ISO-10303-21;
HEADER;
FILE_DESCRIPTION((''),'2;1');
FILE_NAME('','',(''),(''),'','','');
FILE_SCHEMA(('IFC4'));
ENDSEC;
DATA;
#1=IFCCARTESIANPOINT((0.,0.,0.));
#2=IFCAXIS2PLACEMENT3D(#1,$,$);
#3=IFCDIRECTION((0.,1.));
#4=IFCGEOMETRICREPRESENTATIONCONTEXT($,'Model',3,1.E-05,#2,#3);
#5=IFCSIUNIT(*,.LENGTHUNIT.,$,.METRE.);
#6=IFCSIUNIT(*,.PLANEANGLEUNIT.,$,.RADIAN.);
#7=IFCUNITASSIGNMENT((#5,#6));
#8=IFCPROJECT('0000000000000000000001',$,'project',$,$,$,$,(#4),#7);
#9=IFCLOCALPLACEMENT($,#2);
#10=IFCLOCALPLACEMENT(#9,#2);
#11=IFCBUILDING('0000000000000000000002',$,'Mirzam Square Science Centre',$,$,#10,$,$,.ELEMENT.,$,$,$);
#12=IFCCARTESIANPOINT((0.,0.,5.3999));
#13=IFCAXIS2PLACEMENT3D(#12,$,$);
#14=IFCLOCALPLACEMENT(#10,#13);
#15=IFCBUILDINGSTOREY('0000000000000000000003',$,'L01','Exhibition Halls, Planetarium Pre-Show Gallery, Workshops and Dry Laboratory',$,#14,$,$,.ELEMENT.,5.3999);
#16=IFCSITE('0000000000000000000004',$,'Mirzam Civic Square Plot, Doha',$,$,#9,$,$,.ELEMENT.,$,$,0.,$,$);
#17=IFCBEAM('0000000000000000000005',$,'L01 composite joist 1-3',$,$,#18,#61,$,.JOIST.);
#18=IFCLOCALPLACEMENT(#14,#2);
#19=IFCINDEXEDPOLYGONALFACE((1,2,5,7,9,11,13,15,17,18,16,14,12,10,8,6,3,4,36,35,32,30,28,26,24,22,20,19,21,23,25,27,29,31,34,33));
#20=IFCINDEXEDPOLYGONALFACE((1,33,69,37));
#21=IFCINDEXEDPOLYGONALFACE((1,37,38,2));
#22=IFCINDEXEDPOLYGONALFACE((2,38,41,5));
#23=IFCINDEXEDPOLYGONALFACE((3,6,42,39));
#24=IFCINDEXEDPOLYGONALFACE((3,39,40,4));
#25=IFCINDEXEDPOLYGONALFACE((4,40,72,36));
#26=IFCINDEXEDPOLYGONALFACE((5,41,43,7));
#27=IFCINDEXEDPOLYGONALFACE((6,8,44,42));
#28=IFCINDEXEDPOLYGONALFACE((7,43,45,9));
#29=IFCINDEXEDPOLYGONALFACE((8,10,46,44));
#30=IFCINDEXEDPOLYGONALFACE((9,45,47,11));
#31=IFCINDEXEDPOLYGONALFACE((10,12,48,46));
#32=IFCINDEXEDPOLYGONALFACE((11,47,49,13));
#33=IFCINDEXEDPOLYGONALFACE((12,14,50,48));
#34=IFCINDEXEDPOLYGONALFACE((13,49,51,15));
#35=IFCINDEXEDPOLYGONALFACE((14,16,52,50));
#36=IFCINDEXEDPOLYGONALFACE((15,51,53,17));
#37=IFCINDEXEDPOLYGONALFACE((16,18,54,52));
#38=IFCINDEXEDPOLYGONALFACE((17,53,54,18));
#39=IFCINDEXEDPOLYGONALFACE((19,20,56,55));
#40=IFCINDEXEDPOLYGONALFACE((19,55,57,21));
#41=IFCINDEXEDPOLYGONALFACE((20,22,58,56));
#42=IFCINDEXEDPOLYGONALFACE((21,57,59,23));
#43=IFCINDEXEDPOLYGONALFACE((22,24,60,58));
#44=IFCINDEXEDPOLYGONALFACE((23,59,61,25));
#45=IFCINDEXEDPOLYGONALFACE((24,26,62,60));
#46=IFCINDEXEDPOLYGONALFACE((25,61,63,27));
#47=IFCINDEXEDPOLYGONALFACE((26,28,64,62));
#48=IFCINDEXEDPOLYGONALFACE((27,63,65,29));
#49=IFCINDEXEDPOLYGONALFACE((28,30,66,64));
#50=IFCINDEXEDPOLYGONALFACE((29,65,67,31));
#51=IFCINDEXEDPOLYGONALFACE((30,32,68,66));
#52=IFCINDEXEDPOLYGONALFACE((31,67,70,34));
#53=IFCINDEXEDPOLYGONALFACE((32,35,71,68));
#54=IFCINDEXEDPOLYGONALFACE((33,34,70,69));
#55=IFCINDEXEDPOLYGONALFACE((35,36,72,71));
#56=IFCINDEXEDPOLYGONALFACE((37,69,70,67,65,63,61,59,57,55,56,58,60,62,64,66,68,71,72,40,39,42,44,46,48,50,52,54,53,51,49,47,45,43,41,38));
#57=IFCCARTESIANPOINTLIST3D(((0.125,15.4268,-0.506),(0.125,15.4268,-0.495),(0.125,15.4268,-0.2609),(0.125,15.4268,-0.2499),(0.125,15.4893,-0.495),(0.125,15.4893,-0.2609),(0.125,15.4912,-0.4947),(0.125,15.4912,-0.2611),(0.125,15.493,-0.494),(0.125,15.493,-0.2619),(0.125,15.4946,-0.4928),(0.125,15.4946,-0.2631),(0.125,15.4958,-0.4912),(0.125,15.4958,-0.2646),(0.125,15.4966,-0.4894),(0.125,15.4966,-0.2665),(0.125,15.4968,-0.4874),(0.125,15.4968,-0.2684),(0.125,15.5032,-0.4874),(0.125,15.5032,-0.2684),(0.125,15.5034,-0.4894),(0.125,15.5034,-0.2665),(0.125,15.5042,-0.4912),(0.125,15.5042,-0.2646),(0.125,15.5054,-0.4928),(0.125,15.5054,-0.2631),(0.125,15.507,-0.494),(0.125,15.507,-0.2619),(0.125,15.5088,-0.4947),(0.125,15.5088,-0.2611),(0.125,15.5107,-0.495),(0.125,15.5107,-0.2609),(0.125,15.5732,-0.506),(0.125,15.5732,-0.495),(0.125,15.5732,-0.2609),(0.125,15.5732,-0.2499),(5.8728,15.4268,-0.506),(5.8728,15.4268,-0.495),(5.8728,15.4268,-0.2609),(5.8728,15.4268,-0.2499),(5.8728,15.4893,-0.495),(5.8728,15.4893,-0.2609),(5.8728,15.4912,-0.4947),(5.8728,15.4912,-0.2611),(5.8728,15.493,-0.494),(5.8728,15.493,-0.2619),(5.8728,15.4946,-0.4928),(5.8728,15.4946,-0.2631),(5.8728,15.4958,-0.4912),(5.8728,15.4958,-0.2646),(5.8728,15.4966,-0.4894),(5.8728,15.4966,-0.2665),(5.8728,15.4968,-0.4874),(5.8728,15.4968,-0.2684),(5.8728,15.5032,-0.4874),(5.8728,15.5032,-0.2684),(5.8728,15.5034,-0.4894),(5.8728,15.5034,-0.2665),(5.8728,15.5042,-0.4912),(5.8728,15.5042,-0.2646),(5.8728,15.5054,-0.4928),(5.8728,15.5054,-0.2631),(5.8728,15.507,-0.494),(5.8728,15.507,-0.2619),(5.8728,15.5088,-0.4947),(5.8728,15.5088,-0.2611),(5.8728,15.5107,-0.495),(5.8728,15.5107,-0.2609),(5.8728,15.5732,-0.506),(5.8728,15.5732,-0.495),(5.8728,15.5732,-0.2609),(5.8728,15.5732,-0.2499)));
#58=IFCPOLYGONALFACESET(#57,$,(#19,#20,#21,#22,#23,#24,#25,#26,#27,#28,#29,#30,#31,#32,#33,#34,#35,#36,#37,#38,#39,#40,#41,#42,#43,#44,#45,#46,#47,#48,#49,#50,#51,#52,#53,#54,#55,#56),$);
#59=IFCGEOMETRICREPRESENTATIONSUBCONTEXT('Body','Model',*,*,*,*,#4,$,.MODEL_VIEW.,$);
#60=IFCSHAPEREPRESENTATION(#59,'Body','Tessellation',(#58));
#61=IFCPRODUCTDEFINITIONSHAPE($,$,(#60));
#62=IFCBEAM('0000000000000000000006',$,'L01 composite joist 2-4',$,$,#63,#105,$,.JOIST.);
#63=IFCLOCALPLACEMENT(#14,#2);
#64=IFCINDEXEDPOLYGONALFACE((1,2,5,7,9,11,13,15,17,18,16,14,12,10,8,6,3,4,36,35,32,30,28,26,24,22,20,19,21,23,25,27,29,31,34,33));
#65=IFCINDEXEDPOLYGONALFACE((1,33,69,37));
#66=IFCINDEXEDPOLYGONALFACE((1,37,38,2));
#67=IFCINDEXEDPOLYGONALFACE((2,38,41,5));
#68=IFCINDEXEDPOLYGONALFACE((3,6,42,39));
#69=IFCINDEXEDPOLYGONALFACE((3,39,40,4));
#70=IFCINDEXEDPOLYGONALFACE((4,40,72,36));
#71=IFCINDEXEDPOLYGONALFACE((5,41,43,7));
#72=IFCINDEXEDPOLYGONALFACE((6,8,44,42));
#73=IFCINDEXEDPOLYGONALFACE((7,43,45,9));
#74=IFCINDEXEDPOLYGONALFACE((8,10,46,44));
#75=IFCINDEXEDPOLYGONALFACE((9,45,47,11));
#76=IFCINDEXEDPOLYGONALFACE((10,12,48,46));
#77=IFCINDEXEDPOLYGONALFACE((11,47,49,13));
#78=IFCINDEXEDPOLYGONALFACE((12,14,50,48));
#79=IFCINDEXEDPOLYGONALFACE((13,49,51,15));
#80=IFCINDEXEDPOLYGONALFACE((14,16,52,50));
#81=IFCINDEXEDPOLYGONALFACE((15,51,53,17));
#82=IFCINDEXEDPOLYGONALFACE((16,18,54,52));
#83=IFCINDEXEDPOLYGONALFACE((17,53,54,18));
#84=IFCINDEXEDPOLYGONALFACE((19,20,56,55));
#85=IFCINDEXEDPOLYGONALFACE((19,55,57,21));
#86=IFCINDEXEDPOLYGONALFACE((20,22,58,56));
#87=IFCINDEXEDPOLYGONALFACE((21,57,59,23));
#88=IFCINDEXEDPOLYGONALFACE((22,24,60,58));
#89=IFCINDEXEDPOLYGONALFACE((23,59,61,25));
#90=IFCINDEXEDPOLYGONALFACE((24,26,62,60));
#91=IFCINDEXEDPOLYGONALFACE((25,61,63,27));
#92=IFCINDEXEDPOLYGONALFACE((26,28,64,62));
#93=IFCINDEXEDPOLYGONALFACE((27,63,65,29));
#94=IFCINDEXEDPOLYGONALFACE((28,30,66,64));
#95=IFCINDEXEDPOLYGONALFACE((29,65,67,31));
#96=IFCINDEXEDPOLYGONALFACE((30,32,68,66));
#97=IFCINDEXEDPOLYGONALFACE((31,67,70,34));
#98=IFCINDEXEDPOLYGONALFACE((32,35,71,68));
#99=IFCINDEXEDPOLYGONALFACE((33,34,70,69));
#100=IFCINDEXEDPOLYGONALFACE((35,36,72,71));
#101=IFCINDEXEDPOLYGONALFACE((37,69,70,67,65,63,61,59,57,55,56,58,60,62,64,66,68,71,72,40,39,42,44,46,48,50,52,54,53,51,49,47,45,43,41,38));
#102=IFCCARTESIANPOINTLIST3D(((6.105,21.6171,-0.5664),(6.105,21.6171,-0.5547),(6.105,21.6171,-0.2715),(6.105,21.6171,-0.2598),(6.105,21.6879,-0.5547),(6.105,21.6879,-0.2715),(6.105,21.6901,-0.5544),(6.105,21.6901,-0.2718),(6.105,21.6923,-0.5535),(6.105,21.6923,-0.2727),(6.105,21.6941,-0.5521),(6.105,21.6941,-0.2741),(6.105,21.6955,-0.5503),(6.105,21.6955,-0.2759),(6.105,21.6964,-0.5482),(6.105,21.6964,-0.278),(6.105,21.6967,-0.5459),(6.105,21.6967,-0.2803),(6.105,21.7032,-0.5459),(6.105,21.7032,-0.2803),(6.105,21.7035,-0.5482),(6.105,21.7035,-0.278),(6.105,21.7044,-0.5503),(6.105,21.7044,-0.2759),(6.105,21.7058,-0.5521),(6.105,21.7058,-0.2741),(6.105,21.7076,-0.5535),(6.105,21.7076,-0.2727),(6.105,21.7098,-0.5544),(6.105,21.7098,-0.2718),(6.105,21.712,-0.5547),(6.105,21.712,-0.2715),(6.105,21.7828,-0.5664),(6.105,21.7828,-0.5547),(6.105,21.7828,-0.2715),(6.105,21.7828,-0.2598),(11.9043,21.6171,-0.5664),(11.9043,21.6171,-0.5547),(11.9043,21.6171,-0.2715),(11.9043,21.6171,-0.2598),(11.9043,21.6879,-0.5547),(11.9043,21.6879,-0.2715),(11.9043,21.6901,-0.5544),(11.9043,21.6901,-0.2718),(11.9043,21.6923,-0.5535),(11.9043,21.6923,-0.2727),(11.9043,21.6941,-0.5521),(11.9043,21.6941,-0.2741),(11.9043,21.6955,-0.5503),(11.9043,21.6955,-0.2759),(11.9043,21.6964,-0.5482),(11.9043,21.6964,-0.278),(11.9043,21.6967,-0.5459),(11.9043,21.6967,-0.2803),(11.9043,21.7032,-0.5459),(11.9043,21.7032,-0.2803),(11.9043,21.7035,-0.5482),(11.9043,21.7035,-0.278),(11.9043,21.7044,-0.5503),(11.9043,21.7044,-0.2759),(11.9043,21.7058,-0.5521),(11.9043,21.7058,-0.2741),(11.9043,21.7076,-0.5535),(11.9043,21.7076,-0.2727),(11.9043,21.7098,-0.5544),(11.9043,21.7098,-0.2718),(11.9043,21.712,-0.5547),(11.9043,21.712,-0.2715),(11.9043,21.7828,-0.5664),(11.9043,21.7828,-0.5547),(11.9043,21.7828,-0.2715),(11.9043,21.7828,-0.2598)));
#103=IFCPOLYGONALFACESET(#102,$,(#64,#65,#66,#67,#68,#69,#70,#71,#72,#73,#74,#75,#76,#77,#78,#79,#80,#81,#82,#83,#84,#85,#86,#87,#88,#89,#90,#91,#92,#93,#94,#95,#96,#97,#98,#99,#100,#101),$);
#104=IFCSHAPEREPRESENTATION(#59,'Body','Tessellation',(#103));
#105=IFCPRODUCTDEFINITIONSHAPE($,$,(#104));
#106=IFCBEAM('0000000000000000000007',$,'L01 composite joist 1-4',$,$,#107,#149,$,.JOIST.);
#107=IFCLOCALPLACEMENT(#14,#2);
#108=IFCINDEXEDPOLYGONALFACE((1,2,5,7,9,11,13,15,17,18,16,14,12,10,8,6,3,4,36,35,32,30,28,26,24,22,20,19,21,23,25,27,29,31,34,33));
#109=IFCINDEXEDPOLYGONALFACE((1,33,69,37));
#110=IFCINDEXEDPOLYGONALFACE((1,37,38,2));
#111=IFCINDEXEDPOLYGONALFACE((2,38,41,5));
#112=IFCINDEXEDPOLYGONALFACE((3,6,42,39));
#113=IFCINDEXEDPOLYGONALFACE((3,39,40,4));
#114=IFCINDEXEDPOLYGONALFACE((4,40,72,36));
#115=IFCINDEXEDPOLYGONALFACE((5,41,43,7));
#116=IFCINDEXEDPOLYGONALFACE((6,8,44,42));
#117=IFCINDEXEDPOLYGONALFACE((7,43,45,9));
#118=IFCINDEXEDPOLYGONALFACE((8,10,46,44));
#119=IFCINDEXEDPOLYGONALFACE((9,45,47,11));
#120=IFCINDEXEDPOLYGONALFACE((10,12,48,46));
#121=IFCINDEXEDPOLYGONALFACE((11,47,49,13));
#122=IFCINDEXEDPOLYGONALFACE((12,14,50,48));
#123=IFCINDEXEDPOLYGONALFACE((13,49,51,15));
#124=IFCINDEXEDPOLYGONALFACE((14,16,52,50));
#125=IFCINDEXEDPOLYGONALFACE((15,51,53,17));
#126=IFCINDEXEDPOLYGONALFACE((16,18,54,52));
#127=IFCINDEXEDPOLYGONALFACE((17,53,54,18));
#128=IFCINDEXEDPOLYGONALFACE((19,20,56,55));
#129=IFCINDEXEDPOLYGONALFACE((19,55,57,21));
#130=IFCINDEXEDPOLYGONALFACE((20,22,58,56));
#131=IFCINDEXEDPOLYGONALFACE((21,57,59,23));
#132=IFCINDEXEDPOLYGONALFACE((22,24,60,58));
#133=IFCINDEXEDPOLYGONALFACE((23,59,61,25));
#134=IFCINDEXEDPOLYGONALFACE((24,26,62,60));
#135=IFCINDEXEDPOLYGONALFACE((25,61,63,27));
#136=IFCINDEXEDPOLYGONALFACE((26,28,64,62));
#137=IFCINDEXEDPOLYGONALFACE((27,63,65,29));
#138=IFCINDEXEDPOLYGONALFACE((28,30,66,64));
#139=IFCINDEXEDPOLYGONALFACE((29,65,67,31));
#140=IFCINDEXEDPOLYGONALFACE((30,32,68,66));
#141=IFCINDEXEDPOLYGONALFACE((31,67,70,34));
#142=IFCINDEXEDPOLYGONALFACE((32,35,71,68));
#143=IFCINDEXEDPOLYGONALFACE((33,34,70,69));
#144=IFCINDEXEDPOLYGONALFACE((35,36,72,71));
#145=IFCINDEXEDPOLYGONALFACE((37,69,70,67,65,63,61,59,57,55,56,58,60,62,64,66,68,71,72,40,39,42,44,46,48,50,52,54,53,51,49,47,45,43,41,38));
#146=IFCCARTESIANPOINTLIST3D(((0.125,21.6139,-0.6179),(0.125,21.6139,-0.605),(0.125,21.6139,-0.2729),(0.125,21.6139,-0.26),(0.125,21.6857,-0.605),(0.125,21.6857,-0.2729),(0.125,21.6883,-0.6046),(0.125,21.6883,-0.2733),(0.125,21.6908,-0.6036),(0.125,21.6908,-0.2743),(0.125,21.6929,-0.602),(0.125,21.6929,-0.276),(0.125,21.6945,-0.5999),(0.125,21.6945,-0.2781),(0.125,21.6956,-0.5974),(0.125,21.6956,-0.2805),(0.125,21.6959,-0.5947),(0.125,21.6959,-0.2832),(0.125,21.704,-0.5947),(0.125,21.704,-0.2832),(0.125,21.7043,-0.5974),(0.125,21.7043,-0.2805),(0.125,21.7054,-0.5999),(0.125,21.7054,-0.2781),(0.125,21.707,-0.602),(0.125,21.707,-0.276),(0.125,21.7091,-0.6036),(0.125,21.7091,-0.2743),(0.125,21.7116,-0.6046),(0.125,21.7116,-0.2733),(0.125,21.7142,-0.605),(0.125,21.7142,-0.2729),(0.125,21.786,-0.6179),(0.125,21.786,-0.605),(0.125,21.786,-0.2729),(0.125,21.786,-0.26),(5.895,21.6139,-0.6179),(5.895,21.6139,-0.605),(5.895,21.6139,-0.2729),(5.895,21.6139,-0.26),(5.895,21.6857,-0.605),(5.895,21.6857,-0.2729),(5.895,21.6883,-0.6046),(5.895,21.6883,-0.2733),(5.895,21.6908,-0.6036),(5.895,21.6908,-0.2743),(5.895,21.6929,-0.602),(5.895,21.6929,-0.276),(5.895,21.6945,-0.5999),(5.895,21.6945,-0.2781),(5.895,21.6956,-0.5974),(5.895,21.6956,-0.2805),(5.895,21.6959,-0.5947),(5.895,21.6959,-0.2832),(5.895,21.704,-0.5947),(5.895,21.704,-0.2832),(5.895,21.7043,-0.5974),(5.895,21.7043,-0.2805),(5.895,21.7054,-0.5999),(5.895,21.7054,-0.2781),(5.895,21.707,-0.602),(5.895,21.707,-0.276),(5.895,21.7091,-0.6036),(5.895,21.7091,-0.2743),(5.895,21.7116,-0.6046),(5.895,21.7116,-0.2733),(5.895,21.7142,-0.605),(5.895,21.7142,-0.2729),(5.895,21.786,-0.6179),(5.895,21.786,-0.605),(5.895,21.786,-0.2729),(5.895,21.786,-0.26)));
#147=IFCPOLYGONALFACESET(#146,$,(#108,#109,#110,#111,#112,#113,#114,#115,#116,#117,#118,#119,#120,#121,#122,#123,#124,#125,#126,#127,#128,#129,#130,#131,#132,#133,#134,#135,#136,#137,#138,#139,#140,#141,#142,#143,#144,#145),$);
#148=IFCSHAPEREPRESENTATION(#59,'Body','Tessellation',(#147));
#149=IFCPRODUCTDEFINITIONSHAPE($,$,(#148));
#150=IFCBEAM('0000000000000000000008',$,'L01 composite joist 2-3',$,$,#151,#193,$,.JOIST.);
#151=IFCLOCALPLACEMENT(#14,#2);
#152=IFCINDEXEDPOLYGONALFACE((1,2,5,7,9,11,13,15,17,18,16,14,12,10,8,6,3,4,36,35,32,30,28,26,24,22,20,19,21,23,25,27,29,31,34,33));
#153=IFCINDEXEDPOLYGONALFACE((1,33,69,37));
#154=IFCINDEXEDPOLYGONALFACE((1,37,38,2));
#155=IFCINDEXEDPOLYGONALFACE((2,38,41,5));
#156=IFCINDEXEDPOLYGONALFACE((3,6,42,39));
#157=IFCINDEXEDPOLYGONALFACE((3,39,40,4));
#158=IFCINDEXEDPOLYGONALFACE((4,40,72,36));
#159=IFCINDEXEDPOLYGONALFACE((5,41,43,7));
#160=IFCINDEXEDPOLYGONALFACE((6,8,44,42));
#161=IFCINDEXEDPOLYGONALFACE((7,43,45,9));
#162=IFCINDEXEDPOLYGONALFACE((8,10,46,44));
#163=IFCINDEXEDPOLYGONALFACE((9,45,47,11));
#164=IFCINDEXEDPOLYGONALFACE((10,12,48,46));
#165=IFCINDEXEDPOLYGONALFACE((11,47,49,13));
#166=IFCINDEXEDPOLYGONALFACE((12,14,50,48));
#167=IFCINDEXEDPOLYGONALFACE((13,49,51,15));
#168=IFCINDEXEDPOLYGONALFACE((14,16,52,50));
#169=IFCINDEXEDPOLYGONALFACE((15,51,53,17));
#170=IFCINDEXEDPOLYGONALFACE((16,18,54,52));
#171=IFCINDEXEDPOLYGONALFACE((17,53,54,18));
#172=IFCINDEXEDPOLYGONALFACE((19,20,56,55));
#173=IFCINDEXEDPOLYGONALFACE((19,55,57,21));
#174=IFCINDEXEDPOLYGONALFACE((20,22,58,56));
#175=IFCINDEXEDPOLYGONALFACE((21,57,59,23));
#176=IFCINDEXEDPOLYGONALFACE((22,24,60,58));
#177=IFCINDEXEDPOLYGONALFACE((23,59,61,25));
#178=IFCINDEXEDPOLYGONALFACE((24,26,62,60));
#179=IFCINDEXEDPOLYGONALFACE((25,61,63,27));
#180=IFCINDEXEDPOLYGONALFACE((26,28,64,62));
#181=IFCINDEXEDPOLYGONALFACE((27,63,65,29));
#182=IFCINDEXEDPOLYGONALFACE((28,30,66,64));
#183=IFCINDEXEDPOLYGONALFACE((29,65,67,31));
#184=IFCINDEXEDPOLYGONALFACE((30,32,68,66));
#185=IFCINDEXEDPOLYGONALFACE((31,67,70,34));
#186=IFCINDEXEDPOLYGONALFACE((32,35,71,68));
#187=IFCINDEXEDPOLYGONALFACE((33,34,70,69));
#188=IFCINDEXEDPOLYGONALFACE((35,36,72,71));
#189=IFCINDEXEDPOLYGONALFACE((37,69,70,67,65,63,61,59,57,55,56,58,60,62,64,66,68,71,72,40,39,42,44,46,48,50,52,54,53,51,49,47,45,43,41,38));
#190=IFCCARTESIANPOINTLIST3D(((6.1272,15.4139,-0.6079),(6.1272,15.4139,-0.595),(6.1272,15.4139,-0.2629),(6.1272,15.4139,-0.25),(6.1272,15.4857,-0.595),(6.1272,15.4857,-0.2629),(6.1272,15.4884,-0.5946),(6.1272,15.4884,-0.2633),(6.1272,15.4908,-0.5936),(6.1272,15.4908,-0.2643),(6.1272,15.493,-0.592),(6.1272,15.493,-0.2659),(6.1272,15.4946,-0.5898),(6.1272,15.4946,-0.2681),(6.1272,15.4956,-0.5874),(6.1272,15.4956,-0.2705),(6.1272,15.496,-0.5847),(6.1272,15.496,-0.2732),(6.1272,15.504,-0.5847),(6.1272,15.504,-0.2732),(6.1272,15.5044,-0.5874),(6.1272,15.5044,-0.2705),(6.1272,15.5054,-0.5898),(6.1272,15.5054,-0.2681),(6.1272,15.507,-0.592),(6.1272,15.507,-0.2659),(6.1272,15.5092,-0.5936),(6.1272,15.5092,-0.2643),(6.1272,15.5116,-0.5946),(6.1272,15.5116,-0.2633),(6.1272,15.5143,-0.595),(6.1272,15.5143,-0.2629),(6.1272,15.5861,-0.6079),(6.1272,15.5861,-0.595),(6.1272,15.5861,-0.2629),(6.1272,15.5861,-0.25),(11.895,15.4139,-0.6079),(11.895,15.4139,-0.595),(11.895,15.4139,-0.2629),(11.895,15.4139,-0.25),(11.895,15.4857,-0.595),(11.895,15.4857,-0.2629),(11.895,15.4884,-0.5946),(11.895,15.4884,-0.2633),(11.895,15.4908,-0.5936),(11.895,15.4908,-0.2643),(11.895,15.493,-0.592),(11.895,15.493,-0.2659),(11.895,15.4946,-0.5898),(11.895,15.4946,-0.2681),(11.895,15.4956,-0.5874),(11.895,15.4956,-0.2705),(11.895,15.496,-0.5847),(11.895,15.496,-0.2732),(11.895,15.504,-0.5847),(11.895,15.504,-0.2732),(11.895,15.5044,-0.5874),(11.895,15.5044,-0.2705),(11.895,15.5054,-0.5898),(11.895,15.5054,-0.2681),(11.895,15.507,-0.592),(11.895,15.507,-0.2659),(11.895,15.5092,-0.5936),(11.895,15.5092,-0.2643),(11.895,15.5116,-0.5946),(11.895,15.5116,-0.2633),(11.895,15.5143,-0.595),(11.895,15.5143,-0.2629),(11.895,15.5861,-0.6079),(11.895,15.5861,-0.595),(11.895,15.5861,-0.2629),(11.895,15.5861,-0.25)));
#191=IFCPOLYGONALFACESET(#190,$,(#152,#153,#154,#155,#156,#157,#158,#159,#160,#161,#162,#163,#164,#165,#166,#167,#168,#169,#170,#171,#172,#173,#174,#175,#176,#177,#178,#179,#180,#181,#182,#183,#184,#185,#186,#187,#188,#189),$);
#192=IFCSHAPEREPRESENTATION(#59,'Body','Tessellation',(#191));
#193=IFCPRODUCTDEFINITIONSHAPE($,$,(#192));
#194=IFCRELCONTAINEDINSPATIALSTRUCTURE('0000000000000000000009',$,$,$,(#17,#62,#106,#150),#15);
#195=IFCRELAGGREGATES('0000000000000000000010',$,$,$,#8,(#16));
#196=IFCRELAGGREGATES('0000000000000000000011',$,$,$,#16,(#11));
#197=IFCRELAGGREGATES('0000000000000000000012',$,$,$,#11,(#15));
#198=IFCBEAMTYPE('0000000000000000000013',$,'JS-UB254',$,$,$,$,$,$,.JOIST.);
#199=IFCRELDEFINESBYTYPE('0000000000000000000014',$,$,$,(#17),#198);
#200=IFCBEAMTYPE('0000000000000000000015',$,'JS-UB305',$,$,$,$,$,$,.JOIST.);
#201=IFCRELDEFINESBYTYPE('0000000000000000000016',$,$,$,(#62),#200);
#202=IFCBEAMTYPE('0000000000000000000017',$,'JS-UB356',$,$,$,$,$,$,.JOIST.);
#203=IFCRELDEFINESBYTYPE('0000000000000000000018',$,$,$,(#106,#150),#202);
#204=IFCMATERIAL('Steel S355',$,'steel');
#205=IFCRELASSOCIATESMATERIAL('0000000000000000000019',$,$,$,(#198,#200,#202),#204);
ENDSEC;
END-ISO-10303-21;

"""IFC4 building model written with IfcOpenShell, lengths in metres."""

from ifc_helpers import new_model, si_unit, direction, frame, origin, origin_2d, place, context, subcontext, project, spatial, i_section, extrude, material, material_profile, profile_set, type_object, element, save


model = new_model("IFC4")

# Units and contexts
model_context = context("Model", 3, precision=1e-05, world=origin(), true_north=direction((0.0, 1.0)))
body_context = subcontext(model_context, "Body", "Model", "MODEL_VIEW")
ifc_project = project(units=[si_unit("LENGTHUNIT", "METRE"), si_unit("PLANEANGLEUNIT", "RADIAN")], contexts=[model_context])

# Site, building, storey
site_placement = place(None, origin())
site = spatial("IfcSite", under=ifc_project, at=site_placement, Name="Mirzam Civic Square Plot, Doha", CompositionType="ELEMENT", RefElevation=0.0)
building_placement = place(site_placement, origin())
building = spatial("IfcBuilding", under=site, at=building_placement, Name="Mirzam Square Science Centre", CompositionType="ELEMENT")
storey_placement = place(building_placement, frame((0.0, 0.0, 5.3999)))
storey = spatial("IfcBuildingStorey", under=building, at=storey_placement, Name="L01", Description="Exhibition Halls, Planetarium Pre-Show Gallery, Workshops and Dry Laboratory", CompositionType="ELEMENT", Elevation=5.3999)

# Shared definitions
ifc_material_1 = material(Name="Steel S355", Category="steel")

# Beams
ifc_material_profile_1 = material_profile(ifc_material_1, i_section(OverallWidth=0.1465, OverallDepth=0.2561, WebThickness=0.0063, FlangeThickness=0.011, FilletRadius=0.0076, at=origin_2d()), Name="254x146x37UB")
ifc_profile_set_1 = profile_set([ifc_material_profile_1], Name="Steel S355")
beam_type_1 = type_object("IfcBeamType", Name="JS-UB254", PredefinedType="JOIST", material=ifc_profile_set_1)
beam_1_placement = place(storey_placement, frame((0.125, 15.5, -0.3779), z_axis=(1.0, 0.0, 0.0), x_axis=(0.0, 1.0, 0.0)))
element("IfcBeam", 1, at=beam_1_placement, inside=storey, type_object=beam_type_1, Name="L01 composite joist 1-3", PredefinedType="JOIST", context=body_context, shape_type="SweptSolid", body=[
    extrude(i_section(OverallWidth=0.1465, OverallDepth=0.2561, WebThickness=0.0063, FlangeThickness=0.011, FilletRadius=0.0076, at=origin_2d()), origin(), (0.0, 0.0, 1.0), 5.7478),
])
ifc_material_profile_2 = material_profile(ifc_material_1, i_section(OverallWidth=0.1658, OverallDepth=0.3066, WebThickness=0.0066, FlangeThickness=0.0117, FilletRadius=0.0088, at=origin_2d()), Name="305x165x46UB")
ifc_profile_set_2 = profile_set([ifc_material_profile_2], Name="Steel S355")
beam_type_2 = type_object("IfcBeamType", Name="JS-UB305", PredefinedType="JOIST", material=ifc_profile_set_2)
beam_2_placement = place(storey_placement, frame((6.105, 21.7, -0.4131), z_axis=(1.0, 0.0, 0.0), x_axis=(0.0, 1.0, 0.0)))
element("IfcBeam", 2, at=beam_2_placement, inside=storey, type_object=beam_type_2, Name="L01 composite joist 2-4", PredefinedType="JOIST", context=body_context, shape_type="SweptSolid", body=[
    extrude(i_section(OverallWidth=0.1658, OverallDepth=0.3066, WebThickness=0.0066, FlangeThickness=0.0117, FilletRadius=0.0088, at=origin_2d()), origin(), (0.0, 0.0, 1.0), 5.7993),
])
ifc_material_profile_3 = material_profile(ifc_material_1, i_section(OverallWidth=0.1721, OverallDepth=0.3579, WebThickness=0.0081, FlangeThickness=0.0129, FilletRadius=0.0103, at=origin_2d()), Name="356x171x57UB")
ifc_profile_set_3 = profile_set([ifc_material_profile_3], Name="Steel S355")
beam_type_3 = type_object("IfcBeamType", Name="JS-UB356", PredefinedType="JOIST", material=ifc_profile_set_3)
beam_3_placement = place(storey_placement, frame((0.125, 21.7, -0.439), z_axis=(1.0, 0.0, 0.0), x_axis=(0.0, 1.0, 0.0)))
element("IfcBeam", 3, at=beam_3_placement, inside=storey, type_object=beam_type_3, Name="L01 composite joist 1-4", PredefinedType="JOIST", context=body_context, shape_type="SweptSolid", body=[
    extrude(i_section(OverallWidth=0.1721, OverallDepth=0.3579, WebThickness=0.0081, FlangeThickness=0.0129, FilletRadius=0.0103, at=origin_2d()), origin(), (0.0, 0.0, 1.0), 5.77),
])
beam_4_placement = place(storey_placement, frame((6.1272, 15.5, -0.429), z_axis=(1.0, 0.0, 0.0), x_axis=(0.0, 1.0, 0.0)))
element("IfcBeam", 4, at=beam_4_placement, inside=storey, type_object=beam_type_3, Name="L01 composite joist 2-3", PredefinedType="JOIST", context=body_context, shape_type="SweptSolid", body=[
    extrude(i_section(OverallWidth=0.1721, OverallDepth=0.3579, WebThickness=0.0081, FlangeThickness=0.0129, FilletRadius=0.0103, at=origin_2d()), origin(), (0.0, 0.0, 1.0), 5.7678),
])

save(model, "model.ifc")
